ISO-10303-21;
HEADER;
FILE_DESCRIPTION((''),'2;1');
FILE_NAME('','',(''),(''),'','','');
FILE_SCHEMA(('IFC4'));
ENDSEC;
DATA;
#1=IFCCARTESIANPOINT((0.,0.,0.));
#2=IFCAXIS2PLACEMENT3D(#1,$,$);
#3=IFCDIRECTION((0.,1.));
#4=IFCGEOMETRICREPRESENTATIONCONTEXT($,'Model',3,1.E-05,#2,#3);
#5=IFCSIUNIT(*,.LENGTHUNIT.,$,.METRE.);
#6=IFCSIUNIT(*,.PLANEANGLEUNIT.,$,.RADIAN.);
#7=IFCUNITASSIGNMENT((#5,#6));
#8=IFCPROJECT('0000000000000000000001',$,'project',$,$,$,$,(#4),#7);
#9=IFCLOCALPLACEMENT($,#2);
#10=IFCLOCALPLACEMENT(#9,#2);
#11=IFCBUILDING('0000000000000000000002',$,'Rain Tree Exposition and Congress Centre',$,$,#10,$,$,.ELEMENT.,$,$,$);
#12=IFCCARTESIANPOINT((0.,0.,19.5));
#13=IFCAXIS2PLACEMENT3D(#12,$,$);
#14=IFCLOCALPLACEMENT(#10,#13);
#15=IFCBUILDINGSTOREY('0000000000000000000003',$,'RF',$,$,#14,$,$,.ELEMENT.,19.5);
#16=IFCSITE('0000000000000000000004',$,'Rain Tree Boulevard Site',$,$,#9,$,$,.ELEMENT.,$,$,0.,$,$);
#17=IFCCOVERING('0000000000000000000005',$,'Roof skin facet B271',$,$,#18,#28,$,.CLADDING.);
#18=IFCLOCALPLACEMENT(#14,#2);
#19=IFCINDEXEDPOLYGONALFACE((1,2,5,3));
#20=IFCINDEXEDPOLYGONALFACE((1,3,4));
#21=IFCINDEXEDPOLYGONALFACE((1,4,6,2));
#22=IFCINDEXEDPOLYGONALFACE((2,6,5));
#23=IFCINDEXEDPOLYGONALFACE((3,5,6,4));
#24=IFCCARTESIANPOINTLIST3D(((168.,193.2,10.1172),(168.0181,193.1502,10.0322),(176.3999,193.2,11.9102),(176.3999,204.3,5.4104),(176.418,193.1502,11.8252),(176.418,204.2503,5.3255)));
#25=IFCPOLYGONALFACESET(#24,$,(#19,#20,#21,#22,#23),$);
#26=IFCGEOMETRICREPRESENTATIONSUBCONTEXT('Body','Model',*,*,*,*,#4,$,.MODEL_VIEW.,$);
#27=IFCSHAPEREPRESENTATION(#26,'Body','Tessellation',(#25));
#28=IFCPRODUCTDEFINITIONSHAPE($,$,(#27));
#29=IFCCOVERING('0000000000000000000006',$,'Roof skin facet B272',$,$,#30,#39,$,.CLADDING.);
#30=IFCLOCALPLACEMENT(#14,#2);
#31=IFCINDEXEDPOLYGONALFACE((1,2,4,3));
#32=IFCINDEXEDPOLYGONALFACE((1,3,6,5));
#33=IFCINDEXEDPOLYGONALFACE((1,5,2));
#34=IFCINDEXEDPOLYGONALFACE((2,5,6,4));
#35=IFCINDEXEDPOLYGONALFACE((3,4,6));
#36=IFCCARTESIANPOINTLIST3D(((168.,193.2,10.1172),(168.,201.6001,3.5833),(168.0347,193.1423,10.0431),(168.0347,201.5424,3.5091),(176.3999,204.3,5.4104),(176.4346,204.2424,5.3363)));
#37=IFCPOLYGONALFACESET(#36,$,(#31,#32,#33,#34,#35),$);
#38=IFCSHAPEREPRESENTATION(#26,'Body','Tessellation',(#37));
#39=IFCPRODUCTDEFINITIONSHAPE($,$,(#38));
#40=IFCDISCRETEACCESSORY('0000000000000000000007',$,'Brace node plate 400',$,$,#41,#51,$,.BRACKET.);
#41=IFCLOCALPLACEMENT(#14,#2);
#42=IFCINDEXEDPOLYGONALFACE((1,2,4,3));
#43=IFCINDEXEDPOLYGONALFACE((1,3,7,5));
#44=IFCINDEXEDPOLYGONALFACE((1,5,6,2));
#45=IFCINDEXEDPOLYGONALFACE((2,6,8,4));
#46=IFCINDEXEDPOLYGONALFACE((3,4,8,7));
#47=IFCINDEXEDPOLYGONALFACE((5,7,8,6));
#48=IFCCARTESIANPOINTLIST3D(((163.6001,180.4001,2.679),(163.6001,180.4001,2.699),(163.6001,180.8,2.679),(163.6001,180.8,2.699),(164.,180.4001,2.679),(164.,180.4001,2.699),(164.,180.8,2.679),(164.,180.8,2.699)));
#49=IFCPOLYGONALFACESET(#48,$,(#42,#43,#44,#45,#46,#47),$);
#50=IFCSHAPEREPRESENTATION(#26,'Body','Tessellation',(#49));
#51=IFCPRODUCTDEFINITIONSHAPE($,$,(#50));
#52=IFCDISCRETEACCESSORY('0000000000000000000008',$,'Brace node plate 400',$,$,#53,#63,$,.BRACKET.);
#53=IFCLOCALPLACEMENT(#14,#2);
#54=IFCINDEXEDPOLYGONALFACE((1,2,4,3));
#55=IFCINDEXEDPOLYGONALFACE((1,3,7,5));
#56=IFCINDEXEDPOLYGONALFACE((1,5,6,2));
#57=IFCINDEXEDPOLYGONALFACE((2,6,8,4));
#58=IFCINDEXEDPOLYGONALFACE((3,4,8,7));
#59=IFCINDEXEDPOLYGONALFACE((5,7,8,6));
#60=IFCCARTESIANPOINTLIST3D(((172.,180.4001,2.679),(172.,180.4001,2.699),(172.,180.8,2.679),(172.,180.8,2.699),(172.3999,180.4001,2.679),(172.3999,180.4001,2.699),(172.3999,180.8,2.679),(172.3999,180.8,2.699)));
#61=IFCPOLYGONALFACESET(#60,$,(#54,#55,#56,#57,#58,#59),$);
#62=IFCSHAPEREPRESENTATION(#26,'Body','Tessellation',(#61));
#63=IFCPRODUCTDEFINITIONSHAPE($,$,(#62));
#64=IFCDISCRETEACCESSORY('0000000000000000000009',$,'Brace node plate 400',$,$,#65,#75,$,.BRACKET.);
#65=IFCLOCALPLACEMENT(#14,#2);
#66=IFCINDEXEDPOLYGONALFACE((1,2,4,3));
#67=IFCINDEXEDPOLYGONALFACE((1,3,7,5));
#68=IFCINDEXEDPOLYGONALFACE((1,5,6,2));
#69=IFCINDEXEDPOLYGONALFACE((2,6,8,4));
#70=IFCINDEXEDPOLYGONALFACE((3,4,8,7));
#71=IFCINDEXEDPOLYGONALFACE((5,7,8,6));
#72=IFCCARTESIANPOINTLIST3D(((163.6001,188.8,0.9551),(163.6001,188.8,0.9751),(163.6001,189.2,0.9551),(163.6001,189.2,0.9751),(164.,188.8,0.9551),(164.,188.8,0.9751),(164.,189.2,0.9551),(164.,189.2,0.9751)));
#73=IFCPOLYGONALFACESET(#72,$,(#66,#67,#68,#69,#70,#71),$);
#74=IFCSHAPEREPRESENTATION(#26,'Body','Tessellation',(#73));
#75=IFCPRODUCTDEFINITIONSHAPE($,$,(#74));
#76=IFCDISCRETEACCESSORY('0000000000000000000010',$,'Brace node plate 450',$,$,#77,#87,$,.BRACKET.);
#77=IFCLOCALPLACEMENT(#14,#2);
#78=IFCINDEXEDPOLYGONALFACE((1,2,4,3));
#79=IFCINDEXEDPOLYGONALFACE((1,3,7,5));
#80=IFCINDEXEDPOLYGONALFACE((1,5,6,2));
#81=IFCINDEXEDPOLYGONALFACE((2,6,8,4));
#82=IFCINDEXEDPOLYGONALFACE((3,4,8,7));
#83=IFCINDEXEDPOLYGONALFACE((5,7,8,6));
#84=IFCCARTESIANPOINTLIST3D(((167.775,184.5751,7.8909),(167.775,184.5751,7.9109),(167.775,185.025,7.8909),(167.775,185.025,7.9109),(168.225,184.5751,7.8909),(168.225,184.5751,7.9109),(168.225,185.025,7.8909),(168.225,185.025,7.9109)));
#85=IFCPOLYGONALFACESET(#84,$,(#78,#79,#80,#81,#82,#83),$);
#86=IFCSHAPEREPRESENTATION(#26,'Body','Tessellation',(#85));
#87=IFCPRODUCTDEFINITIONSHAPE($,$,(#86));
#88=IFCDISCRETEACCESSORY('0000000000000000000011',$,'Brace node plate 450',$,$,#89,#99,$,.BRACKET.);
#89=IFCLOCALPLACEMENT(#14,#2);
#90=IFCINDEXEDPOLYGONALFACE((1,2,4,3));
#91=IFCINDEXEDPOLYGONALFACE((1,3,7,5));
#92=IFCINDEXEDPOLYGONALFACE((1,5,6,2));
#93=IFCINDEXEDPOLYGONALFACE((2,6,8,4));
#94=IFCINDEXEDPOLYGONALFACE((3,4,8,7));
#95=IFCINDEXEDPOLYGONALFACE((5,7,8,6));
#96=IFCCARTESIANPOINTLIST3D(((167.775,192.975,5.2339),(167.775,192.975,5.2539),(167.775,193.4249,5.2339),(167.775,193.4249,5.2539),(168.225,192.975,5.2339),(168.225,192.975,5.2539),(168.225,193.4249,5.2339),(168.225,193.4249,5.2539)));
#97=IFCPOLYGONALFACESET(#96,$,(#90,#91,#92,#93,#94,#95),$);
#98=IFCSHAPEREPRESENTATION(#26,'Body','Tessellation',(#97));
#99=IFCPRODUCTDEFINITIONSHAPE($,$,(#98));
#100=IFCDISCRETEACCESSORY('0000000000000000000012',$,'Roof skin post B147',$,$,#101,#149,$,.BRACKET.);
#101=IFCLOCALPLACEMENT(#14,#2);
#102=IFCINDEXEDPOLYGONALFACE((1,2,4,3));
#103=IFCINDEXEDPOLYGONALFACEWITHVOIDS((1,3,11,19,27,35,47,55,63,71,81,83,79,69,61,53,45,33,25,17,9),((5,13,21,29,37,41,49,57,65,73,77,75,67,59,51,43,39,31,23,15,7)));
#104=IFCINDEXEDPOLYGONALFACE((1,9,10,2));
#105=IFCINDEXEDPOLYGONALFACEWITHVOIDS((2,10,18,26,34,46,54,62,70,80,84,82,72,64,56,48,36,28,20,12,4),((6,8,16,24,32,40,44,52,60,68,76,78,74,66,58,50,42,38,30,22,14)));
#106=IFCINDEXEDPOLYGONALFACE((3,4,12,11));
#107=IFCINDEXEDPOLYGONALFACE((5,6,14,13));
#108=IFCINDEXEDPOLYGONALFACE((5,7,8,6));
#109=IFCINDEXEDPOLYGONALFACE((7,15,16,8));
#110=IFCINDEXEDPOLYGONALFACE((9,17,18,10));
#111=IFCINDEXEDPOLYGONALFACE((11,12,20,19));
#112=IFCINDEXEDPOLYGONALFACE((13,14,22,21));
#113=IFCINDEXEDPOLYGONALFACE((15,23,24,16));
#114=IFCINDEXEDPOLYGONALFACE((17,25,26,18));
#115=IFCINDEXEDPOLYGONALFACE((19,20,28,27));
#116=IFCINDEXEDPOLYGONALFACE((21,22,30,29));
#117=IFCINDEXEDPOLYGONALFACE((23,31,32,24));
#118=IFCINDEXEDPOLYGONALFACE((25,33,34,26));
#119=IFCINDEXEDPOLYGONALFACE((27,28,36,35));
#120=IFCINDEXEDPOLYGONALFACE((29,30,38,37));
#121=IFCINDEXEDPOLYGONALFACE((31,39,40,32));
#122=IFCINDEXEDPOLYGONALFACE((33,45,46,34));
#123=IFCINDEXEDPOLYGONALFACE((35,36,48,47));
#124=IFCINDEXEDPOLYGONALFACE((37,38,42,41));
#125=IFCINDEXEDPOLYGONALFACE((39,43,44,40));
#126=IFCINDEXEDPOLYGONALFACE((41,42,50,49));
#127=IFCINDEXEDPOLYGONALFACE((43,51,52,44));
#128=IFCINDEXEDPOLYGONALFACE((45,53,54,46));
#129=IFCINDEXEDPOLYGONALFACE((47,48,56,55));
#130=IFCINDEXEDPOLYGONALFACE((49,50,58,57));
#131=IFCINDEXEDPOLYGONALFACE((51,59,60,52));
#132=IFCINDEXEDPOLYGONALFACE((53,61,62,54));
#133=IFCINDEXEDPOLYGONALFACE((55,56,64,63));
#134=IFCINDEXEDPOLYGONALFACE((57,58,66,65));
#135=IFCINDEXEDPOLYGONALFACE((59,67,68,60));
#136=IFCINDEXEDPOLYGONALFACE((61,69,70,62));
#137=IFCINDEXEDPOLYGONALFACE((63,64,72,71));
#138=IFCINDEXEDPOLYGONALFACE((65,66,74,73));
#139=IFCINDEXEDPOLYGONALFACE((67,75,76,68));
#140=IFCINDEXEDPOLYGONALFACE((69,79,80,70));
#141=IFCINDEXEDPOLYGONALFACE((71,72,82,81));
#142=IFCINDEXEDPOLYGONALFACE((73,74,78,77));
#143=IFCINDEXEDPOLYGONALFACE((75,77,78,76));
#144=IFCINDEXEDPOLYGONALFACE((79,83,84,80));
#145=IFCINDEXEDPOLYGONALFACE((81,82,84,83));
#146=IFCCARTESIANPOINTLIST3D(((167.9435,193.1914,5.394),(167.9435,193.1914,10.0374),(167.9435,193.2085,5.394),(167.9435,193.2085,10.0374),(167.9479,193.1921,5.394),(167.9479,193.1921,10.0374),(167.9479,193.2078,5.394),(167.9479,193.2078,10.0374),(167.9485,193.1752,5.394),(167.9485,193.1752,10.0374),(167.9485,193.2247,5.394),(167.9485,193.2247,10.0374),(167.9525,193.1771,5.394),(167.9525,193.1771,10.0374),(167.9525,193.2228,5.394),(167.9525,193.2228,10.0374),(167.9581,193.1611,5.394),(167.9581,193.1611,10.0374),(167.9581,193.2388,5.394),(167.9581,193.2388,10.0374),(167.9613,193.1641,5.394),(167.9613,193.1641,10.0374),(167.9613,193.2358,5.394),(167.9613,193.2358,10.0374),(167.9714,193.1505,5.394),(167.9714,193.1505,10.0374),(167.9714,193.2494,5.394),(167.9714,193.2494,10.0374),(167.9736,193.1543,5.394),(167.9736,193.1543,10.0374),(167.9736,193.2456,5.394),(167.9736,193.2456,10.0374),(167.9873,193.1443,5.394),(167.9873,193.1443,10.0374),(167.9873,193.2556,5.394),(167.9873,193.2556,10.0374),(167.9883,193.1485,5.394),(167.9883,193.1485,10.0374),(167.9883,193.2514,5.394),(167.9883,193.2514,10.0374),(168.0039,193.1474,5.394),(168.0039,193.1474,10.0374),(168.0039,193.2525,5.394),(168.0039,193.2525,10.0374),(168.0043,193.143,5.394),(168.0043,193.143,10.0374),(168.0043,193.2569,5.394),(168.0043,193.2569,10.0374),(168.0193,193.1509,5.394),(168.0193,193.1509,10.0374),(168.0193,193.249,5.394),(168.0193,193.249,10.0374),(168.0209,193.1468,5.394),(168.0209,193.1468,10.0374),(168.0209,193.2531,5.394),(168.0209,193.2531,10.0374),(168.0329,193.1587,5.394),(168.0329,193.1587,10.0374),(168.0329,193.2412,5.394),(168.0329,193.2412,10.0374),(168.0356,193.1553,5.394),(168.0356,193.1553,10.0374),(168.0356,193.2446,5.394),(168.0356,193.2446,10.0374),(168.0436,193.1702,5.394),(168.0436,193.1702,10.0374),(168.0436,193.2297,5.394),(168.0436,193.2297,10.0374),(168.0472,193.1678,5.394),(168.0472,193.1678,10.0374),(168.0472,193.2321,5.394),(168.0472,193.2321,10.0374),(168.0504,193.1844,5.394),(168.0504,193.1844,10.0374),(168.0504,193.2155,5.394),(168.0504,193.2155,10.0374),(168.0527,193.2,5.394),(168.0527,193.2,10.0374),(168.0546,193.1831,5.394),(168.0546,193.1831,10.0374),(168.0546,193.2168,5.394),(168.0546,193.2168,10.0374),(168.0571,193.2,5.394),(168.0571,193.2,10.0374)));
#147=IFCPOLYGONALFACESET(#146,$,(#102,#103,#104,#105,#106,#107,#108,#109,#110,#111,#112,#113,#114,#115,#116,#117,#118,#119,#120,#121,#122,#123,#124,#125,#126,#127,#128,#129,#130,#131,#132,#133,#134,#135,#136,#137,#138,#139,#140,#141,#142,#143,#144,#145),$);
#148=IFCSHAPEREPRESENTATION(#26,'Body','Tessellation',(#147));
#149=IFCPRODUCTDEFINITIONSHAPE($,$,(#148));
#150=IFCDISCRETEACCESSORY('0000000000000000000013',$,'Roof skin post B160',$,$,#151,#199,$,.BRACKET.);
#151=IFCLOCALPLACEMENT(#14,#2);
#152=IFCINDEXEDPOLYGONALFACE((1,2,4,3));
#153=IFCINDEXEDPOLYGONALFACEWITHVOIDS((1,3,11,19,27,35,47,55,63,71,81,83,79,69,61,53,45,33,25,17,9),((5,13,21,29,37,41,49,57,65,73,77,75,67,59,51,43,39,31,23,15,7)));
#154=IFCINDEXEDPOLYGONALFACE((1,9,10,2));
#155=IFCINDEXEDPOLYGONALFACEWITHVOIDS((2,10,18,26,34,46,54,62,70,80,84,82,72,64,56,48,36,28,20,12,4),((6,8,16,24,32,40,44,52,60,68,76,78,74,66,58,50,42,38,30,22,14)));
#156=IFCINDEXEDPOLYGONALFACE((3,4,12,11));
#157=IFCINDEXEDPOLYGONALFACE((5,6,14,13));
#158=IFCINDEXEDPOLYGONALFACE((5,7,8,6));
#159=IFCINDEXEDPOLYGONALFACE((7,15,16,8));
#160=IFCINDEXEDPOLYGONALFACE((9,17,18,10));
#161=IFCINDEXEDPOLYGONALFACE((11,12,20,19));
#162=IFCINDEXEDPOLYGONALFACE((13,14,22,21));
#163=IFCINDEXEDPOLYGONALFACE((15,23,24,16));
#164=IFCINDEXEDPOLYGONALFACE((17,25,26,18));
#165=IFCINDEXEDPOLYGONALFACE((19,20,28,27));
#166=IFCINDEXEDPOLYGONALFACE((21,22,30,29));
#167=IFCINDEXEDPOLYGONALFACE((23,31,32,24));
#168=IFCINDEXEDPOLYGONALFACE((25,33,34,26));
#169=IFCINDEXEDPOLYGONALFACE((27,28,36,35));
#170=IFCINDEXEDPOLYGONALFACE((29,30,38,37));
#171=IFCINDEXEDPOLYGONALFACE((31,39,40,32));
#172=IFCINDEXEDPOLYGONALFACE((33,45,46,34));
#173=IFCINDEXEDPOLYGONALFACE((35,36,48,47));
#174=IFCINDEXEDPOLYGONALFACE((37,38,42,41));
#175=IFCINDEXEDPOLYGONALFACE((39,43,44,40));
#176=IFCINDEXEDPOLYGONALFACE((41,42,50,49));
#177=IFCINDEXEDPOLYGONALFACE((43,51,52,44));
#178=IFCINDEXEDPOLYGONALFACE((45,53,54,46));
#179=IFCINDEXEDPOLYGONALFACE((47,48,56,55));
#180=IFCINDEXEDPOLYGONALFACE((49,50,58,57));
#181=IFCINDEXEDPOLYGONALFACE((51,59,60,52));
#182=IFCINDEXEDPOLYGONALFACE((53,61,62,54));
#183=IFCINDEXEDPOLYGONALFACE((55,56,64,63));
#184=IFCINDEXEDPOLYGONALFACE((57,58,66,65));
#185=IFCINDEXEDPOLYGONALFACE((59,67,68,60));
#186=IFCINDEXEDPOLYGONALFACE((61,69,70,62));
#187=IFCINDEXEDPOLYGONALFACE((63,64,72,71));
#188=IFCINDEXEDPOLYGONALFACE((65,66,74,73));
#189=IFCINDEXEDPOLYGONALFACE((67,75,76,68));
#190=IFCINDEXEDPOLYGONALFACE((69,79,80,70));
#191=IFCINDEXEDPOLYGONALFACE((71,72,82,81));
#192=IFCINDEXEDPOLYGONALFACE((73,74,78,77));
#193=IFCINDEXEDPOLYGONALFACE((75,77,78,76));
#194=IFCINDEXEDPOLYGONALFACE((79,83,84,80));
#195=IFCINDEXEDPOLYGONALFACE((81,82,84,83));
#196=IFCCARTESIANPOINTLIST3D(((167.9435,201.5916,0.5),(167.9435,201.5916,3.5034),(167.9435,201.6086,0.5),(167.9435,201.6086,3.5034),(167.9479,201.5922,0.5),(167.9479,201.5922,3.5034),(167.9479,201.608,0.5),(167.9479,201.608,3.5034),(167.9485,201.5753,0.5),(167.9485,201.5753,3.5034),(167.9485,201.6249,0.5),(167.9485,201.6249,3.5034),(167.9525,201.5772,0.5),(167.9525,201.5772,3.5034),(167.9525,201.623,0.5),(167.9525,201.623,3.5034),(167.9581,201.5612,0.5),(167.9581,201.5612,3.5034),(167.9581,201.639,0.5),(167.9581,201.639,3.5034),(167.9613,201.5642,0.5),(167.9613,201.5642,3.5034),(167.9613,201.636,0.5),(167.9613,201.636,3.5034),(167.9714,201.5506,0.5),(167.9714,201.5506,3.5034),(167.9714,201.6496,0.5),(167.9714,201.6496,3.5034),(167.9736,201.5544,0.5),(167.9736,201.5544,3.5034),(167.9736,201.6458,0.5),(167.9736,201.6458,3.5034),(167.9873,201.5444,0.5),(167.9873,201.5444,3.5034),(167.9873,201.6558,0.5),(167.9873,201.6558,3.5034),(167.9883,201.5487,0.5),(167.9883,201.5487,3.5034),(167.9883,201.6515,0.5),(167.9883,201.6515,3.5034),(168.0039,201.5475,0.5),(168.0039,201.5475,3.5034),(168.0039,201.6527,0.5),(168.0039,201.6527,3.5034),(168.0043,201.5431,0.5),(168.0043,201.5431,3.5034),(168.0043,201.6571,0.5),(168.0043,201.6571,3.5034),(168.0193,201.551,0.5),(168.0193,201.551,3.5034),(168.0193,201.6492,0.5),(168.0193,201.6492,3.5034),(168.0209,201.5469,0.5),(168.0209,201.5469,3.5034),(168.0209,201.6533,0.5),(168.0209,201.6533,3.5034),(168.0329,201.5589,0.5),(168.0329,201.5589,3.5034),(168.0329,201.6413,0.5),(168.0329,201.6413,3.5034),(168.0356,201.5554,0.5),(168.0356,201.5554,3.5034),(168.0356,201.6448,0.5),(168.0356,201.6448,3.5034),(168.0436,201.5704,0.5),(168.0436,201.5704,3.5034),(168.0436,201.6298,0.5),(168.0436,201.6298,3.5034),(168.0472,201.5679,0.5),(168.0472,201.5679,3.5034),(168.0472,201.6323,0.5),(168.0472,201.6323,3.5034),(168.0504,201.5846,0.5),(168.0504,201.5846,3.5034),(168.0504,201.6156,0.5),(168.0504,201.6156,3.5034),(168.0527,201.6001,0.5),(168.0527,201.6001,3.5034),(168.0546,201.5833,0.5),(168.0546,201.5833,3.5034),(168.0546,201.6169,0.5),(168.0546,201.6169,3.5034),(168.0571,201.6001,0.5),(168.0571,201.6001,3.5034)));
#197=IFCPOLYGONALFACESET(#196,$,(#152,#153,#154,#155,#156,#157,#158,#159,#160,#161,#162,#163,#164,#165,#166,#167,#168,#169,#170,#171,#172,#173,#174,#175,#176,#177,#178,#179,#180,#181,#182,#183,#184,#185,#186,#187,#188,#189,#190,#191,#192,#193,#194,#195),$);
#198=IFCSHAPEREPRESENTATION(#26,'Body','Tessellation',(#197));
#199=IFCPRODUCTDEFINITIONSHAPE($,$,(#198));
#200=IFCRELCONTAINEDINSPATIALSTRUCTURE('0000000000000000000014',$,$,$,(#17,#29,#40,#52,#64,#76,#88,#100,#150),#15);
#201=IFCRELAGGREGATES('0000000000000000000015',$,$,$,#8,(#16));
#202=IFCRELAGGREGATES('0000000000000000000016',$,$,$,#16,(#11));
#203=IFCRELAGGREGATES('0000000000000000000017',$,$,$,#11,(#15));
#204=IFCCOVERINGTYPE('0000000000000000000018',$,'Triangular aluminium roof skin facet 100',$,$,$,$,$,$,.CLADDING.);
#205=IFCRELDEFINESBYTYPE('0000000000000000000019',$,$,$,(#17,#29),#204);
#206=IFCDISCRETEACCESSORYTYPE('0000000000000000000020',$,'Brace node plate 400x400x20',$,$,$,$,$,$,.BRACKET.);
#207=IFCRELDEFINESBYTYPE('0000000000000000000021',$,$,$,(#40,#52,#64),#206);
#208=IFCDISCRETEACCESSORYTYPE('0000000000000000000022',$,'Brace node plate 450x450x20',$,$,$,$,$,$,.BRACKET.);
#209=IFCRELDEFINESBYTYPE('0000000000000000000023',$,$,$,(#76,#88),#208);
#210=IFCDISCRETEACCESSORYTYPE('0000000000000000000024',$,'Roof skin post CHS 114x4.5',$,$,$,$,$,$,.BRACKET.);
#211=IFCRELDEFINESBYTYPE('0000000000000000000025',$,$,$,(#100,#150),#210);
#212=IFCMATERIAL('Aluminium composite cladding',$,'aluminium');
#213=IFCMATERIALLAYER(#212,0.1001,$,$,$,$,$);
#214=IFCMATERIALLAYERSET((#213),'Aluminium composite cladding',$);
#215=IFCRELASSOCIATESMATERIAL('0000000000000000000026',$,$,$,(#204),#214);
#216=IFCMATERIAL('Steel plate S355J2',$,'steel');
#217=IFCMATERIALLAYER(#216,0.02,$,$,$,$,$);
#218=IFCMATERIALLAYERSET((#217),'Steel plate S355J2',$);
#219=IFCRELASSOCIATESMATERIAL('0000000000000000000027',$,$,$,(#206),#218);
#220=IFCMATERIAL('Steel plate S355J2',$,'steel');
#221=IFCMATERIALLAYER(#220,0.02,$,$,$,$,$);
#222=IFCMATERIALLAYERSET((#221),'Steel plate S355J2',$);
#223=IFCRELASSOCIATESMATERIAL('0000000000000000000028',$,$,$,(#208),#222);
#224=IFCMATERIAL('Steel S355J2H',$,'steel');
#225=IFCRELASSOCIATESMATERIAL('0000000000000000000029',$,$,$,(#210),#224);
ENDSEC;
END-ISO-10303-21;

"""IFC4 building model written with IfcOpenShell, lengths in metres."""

from ifc_helpers import new_model, si_unit, direction, frame, origin, origin_2d, place, context, subcontext, project, spatial, polyline, rectangle, hollow_circle, outline, extrude, material, layer, layer_set, material_profile, profile_set, type_object, element, save


model = new_model("IFC4")

# Units and contexts
model_context = context("Model", 3, precision=1e-05, world=origin(), true_north=direction((0.0, 1.0)))
body_context = subcontext(model_context, "Body", "Model", "MODEL_VIEW")
ifc_project = project(units=[si_unit("LENGTHUNIT", "METRE"), si_unit("PLANEANGLEUNIT", "RADIAN")], contexts=[model_context])

# Site, building, storey
site_placement = place(None, origin())
site = spatial("IfcSite", under=ifc_project, at=site_placement, Name="Rain Tree Boulevard Site", CompositionType="ELEMENT", RefElevation=0.0)
building_placement = place(site_placement, origin())
building = spatial("IfcBuilding", under=site, at=building_placement, Name="Rain Tree Exposition and Congress Centre", CompositionType="ELEMENT")
storey_placement = place(building_placement, frame((0.0, 0.0, 19.5)))
storey = spatial("IfcBuildingStorey", under=building, at=storey_placement, Name="RF", CompositionType="ELEMENT", Elevation=19.5)

# Coverings
ifc_material_1 = material(Name="Aluminium composite cladding", Category="aluminium")
ifc_layer_1 = layer(ifc_material_1, 0.1001)
ifc_layer_set_1 = layer_set([ifc_layer_1], Name="Aluminium composite cladding")
covering_type = type_object("IfcCoveringType", Name="Triangular aluminium roof skin facet 100", PredefinedType="CLADDING", material=ifc_layer_set_1)
covering_1_placement = place(storey_placement, frame((168.0, 193.2, 10.1172), z_axis=(-0.181149, 0.496943, 0.848665), x_axis=(0.977969, 0.0, 0.208749)))
element("IfcCovering", 1, at=covering_1_placement, inside=storey, type_object=covering_type, Name="Roof skin facet B271", PredefinedType="CLADDING", context=body_context, shape_type="SweptSolid", body=[
    extrude(outline(polyline([(0.0, 0.0), (8.5891, 0.0), (7.2323, 12.7913), (0.0, 0.0)])), origin(), (0.0, 0.0, -1.0), 0.1001),
])
covering_2_placement = place(storey_placement, frame((168.0, 193.2, 10.1172), z_axis=(-0.346218, 0.575998, 0.740513), x_axis=(0.571641, 0.755398, -0.320312)))
element("IfcCovering", 2, at=covering_2_placement, inside=storey, type_object=covering_type, Name="Roof skin facet B272", PredefinedType="CLADDING", context=body_context, shape_type="SweptSolid", body=[
    extrude(outline(polyline([(0.0, 0.0), (14.6944, 0.0), (8.4384, 6.4845), (0.0, 0.0)])), origin(), (0.0, 0.0, -1.0), 0.1001),
])

# Discrete accessories
ifc_material_2 = material(Name="Steel plate S355J2", Category="steel")
ifc_layer_2 = layer(ifc_material_2, 0.02)
ifc_layer_set_2 = layer_set([ifc_layer_2], Name="Steel plate S355J2")
discrete_accessory_type_1 = type_object("IfcDiscreteAccessoryType", Name="Brace node plate 400x400x20", PredefinedType="BRACKET", material=ifc_layer_set_2)
for number, where, z_axis, x_axis, name in (
    (3, (163.8, 180.6001, 2.679), (0.0, 0.0, 1.0), (1.0, 0.0, 0.0), "Brace node plate 400"),
    (4, (172.2, 180.6001, 2.679), (0.0, 0.0, 1.0), (1.0, 0.0, 0.0), "Brace node plate 400"),
    (5, (163.8, 189.0, 0.9551), (0.0, 0.0, 1.0), (1.0, 0.0, 0.0), "Brace node plate 400"),
):
    element("IfcDiscreteAccessory", number, at=place(storey_placement, frame(where, z_axis=z_axis, x_axis=x_axis)), inside=storey, type_object=discrete_accessory_type_1, Name=name, PredefinedType="BRACKET", context=body_context, shape_type="SweptSolid", body=[
        extrude(rectangle(XDim=0.3999, YDim=0.3999, at=origin_2d()), origin(), (0.0, 0.0, 1.0), 0.02),
    ])
ifc_material_3 = material(Name="Steel plate S355J2", Category="steel")
ifc_layer_3 = layer(ifc_material_3, 0.02)
ifc_layer_set_3 = layer_set([ifc_layer_3], Name="Steel plate S355J2")
discrete_accessory_type_2 = type_object("IfcDiscreteAccessoryType", Name="Brace node plate 450x450x20", PredefinedType="BRACKET", material=ifc_layer_set_3)
for number, where, z_axis, x_axis, name in (
    (6, (168.0, 184.8, 7.8909), (0.0, 0.0, 1.0), (1.0, 0.0, 0.0), "Brace node plate 450"),
    (7, (168.0, 193.2, 5.2339), (0.0, 0.0, 1.0), (1.0, 0.0, 0.0), "Brace node plate 450"),
):
    element("IfcDiscreteAccessory", number, at=place(storey_placement, frame(where, z_axis=z_axis, x_axis=x_axis)), inside=storey, type_object=discrete_accessory_type_2, Name=name, PredefinedType="BRACKET", context=body_context, shape_type="SweptSolid", body=[
        extrude(rectangle(XDim=0.45, YDim=0.45, at=origin_2d()), origin(), (0.0, 0.0, 1.0), 0.02),
    ])
ifc_material_4 = material(Name="Steel S355J2H", Category="steel")
ifc_material_profile_1 = material_profile(ifc_material_4, hollow_circle(Radius=0.0571, WallThickness=0.0044, at=origin_2d()), Name="CHS 114x4.5")
ifc_profile_set_1 = profile_set([ifc_material_profile_1], Name="Steel S355J2H")
discrete_accessory_type_3 = type_object("IfcDiscreteAccessoryType", Name="Roof skin post CHS 114x4.5", PredefinedType="BRACKET", material=ifc_profile_set_1)
discrete_accessory_1_placement = place(storey_placement, frame((168.0, 193.2, 5.394), z_axis=(0.0, 0.0, 1.0), x_axis=(1.0, 0.0, 0.0)))
element("IfcDiscreteAccessory", 8, at=discrete_accessory_1_placement, inside=storey, type_object=discrete_accessory_type_3, Name="Roof skin post B147", PredefinedType="BRACKET", context=body_context, shape_type="SweptSolid", body=[
    extrude(hollow_circle(Radius=0.0571, WallThickness=0.0044, at=origin_2d()), origin(), (0.0, 0.0, 1.0), 4.6433),
])
discrete_accessory_2_placement = place(storey_placement, frame((168.0, 201.6001, 0.5), z_axis=(0.0, 0.0, 1.0), x_axis=(1.0, 0.0, 0.0)))
element("IfcDiscreteAccessory", 9, at=discrete_accessory_2_placement, inside=storey, type_object=discrete_accessory_type_3, Name="Roof skin post B160", PredefinedType="BRACKET", context=body_context, shape_type="SweptSolid", body=[
    extrude(hollow_circle(Radius=0.0571, WallThickness=0.0044, at=origin_2d()), origin(), (0.0, 0.0, 1.0), 3.0034),
])

save(model, "model.ifc")
